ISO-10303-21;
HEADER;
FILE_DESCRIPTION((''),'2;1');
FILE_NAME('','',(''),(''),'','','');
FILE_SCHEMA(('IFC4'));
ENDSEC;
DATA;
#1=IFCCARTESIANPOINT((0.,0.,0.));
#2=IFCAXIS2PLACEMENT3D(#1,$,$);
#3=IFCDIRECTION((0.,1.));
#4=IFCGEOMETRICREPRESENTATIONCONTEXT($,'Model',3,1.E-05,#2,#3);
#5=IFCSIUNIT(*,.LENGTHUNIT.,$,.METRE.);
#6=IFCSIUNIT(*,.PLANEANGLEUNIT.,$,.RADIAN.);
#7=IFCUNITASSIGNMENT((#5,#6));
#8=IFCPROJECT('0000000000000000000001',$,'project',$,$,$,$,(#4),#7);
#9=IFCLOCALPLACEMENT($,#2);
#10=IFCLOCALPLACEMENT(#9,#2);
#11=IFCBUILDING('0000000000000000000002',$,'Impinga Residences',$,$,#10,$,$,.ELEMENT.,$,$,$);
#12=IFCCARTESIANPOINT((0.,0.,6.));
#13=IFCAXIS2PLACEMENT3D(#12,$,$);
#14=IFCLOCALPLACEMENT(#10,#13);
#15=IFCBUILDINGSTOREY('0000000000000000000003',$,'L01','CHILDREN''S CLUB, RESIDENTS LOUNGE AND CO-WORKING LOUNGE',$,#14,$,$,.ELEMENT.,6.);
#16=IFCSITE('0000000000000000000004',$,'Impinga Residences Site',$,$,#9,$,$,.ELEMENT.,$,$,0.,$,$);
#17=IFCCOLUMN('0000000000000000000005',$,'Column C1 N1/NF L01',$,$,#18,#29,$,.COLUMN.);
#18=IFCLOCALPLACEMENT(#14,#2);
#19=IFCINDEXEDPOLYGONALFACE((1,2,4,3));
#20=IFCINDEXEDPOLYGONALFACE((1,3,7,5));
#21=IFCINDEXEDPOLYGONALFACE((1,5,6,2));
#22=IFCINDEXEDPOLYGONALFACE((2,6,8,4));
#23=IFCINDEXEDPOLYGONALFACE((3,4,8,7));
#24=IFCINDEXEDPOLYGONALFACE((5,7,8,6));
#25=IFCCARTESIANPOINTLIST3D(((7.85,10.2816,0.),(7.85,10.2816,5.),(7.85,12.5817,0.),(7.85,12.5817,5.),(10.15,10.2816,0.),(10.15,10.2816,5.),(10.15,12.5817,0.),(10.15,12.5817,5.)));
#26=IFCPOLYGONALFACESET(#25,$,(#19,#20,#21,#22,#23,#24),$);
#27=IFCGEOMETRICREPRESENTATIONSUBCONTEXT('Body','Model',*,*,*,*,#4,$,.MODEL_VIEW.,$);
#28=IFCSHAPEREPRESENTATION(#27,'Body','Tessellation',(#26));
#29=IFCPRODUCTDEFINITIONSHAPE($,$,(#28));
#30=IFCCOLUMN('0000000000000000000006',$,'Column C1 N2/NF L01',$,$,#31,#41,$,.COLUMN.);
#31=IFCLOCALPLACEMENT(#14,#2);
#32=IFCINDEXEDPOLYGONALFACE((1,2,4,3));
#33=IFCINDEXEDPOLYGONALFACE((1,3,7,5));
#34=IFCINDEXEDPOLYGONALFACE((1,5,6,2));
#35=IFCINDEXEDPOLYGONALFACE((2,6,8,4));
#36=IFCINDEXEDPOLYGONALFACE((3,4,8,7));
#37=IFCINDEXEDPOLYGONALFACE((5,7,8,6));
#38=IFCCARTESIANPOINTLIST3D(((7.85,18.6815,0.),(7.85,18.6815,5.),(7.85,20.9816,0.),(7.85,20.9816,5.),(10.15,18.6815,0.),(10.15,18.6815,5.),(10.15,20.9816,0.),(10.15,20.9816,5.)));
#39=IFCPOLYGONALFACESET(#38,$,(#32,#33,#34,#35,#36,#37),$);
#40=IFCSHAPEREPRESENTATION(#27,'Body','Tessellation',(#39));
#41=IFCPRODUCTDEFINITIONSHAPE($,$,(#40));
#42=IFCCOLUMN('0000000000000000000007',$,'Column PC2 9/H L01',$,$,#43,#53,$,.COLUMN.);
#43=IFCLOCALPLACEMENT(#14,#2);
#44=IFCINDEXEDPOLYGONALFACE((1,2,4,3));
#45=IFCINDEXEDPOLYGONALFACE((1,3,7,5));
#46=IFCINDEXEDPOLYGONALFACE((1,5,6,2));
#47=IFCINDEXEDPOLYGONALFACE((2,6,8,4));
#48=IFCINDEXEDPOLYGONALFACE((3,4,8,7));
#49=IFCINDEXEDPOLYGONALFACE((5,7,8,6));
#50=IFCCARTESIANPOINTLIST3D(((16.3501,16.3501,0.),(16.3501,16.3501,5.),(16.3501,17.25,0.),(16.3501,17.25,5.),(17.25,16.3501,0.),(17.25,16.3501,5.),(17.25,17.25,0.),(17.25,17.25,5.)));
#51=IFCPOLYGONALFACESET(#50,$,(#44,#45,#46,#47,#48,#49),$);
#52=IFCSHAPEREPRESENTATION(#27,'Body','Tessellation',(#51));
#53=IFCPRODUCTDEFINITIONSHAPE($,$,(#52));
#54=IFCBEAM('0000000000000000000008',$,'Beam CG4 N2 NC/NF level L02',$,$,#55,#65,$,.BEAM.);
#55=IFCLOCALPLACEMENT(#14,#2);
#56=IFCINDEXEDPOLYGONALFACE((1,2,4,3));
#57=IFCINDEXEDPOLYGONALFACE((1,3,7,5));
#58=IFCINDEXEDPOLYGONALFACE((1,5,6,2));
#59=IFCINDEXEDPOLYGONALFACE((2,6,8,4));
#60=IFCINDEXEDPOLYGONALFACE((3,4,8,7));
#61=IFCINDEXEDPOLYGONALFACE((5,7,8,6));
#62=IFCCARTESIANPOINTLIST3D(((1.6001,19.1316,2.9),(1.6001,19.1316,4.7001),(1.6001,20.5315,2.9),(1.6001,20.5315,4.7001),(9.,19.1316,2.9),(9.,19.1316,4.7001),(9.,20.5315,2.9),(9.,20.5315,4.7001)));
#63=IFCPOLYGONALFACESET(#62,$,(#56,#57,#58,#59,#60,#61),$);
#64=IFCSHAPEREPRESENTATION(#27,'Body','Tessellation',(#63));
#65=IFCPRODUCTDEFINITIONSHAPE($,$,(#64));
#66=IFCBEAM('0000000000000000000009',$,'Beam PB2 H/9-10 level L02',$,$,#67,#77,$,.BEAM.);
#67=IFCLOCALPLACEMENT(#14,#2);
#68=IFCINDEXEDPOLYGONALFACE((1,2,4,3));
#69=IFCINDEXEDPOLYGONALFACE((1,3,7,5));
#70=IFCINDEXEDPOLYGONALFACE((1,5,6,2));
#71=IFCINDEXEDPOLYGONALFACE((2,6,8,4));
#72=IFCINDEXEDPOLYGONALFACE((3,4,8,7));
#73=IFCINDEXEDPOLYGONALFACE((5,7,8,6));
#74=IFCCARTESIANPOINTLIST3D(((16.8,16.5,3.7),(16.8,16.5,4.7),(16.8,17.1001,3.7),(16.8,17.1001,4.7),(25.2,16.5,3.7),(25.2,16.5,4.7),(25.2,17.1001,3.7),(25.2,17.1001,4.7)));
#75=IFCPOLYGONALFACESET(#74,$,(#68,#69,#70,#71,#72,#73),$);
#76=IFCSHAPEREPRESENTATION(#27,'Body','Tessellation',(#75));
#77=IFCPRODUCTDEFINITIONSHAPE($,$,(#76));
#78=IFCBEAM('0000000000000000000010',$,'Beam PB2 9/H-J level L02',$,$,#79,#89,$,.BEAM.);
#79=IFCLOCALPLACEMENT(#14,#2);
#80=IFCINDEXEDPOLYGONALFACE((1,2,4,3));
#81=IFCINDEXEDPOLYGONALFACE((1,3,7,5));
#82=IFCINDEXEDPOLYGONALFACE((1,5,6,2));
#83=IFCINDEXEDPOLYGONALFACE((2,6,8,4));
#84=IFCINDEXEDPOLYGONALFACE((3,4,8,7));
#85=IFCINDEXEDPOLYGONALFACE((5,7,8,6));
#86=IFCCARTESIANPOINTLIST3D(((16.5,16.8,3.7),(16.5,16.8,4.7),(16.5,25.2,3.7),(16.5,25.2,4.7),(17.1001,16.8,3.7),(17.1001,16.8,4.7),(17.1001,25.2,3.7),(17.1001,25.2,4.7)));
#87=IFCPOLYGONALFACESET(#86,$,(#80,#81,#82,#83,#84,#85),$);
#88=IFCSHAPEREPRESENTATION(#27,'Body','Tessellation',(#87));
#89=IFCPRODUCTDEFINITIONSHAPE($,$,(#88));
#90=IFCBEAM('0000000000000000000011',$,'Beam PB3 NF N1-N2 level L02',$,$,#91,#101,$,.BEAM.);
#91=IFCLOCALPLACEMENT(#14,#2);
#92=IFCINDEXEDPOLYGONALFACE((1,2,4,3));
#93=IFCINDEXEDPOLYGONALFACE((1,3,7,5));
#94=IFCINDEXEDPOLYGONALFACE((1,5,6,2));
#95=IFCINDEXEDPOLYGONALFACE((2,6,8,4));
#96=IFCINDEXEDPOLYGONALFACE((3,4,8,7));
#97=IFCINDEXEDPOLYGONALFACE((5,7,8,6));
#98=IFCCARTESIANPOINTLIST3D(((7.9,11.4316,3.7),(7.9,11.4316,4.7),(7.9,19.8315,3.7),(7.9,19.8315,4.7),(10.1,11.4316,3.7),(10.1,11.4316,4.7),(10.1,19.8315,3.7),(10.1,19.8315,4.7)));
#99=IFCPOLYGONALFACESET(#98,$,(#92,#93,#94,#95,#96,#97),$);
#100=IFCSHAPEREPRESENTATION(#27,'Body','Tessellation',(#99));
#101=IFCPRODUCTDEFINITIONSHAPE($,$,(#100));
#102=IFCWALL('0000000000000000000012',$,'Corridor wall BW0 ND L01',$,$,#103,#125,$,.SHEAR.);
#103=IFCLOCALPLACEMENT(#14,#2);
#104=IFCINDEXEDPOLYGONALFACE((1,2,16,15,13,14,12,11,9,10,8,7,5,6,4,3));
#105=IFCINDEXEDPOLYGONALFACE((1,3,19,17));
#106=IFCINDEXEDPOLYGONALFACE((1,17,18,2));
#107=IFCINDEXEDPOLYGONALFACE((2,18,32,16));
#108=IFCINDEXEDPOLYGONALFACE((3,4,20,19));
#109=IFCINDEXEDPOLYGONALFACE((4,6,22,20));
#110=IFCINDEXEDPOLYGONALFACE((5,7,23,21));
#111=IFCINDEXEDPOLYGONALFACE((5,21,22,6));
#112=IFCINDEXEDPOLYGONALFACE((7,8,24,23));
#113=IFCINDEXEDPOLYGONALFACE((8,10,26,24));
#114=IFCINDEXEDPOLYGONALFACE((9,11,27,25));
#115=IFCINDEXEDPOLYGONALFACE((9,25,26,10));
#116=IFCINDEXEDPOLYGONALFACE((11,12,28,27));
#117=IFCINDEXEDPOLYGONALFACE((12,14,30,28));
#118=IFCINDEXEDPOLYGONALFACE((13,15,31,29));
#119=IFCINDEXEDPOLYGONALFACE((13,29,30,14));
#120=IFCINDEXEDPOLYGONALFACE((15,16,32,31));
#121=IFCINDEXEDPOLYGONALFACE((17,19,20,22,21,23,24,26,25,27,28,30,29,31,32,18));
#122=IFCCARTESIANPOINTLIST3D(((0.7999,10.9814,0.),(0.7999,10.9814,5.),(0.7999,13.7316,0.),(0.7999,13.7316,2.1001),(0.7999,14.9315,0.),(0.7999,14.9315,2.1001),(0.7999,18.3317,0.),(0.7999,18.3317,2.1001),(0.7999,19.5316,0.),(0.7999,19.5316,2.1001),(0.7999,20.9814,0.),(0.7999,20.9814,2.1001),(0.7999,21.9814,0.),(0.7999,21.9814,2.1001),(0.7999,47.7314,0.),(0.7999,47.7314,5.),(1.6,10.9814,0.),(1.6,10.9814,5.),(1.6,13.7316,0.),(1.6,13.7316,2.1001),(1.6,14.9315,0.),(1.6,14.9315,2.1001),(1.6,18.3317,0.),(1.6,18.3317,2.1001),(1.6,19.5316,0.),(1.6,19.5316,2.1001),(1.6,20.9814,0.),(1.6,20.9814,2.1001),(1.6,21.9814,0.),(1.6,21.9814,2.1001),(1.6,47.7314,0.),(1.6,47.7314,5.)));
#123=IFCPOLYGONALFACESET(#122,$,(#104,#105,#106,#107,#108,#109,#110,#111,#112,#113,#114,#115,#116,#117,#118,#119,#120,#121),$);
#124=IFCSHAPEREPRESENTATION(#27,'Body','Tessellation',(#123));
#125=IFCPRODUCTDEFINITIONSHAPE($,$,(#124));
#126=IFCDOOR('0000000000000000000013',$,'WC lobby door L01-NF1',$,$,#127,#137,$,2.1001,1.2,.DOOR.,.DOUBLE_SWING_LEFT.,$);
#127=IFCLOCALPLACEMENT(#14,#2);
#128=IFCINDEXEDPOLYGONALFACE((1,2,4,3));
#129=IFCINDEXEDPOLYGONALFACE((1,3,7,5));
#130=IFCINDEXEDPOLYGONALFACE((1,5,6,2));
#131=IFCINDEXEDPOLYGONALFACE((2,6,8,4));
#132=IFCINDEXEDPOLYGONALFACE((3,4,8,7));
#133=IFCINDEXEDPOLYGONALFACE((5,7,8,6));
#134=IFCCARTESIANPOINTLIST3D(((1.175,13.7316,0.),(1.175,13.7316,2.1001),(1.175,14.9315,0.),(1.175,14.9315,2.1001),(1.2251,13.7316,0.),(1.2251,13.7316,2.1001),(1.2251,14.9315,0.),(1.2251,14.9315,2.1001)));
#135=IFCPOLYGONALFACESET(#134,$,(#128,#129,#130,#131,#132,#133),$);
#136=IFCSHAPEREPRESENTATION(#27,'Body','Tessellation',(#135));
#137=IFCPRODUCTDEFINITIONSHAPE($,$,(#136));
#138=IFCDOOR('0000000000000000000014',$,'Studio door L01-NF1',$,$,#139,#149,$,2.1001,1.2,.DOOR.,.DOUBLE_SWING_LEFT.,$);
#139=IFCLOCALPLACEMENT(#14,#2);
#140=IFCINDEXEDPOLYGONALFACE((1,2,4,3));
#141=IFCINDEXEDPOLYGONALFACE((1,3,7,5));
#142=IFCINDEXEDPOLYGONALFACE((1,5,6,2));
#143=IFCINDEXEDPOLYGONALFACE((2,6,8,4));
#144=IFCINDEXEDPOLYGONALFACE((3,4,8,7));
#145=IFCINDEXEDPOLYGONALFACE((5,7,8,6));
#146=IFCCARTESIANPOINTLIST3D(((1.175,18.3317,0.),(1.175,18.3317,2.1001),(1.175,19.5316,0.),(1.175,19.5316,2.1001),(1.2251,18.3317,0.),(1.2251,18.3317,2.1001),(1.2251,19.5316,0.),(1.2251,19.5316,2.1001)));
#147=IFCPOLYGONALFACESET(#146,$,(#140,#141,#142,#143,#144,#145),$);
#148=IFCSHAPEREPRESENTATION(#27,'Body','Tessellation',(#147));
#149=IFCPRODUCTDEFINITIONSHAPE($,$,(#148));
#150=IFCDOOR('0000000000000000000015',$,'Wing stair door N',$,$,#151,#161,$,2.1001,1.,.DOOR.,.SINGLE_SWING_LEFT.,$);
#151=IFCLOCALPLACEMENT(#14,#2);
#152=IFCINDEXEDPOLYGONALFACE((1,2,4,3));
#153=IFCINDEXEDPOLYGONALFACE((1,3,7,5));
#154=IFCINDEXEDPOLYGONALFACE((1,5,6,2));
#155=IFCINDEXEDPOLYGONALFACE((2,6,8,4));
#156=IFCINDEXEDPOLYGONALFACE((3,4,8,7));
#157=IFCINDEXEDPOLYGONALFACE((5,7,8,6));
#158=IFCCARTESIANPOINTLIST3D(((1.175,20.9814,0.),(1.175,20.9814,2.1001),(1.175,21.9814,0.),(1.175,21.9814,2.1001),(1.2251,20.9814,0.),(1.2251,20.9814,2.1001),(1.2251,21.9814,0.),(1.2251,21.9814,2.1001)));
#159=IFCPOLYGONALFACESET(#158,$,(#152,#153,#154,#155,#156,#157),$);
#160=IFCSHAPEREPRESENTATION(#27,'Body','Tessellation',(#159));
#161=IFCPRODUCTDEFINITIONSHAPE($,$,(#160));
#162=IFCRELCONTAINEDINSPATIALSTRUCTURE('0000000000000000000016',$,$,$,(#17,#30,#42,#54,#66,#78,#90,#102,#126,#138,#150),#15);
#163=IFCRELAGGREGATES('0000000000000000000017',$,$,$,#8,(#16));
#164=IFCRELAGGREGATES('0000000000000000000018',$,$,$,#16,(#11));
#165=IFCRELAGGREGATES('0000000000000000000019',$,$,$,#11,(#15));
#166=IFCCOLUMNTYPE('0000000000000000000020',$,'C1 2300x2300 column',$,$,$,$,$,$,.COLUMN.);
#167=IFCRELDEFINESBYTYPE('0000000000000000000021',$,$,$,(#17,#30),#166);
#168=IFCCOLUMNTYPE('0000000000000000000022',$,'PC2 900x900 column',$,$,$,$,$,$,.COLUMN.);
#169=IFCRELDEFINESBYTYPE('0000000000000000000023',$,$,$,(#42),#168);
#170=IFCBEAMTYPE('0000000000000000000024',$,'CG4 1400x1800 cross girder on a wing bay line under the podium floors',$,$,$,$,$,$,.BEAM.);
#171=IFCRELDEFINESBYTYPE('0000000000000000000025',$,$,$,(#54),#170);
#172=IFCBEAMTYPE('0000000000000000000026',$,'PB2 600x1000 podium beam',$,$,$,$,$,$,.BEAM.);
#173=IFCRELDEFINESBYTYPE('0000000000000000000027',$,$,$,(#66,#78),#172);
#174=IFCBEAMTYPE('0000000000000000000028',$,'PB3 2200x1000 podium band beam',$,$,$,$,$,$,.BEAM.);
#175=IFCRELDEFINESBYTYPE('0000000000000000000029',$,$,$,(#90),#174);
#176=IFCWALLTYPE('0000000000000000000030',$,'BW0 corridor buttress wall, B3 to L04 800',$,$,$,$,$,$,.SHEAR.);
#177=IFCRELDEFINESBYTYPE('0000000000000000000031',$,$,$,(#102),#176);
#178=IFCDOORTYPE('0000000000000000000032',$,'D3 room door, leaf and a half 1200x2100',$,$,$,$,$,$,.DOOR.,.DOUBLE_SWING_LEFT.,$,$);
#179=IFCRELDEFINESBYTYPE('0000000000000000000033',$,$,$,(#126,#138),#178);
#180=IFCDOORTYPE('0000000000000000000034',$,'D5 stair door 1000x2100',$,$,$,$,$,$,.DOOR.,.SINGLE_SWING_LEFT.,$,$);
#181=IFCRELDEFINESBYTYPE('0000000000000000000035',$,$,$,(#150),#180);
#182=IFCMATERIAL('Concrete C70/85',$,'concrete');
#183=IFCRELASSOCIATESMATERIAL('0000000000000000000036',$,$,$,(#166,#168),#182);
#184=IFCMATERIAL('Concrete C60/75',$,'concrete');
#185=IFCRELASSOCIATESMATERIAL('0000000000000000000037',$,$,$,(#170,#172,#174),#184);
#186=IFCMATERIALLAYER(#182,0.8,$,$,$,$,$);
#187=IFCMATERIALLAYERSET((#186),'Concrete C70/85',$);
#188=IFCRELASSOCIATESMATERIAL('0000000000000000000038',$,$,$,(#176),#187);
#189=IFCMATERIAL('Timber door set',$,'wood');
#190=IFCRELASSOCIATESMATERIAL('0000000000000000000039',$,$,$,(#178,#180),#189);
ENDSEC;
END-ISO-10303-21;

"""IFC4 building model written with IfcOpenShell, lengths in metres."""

from ifc_helpers import new_model, si_unit, direction, frame, frame_2d, origin, origin_2d, place, context, subcontext, project, spatial, rectangle, extrude, material, layer, layer_set, material_profile, profile_set, type_object, element, fill, save


model = new_model("IFC4")

# Units and contexts
model_context = context("Model", 3, precision=1e-05, world=origin(), true_north=direction((0.0, 1.0)))
body_context = subcontext(model_context, "Body", "Model", "MODEL_VIEW")
ifc_project = project(units=[si_unit("LENGTHUNIT", "METRE"), si_unit("PLANEANGLEUNIT", "RADIAN")], contexts=[model_context])

# Site, building, storey
site_placement = place(None, origin())
site = spatial("IfcSite", under=ifc_project, at=site_placement, Name="Impinga Residences Site", CompositionType="ELEMENT", RefElevation=0.0)
building_placement = place(site_placement, origin())
building = spatial("IfcBuilding", under=site, at=building_placement, Name="Impinga Residences", CompositionType="ELEMENT")
storey_placement = place(building_placement, frame((0.0, 0.0, 6.0)))
storey = spatial("IfcBuildingStorey", under=building, at=storey_placement, Name="L01", Description="CHILDREN'S CLUB, RESIDENTS LOUNGE AND CO-WORKING LOUNGE", CompositionType="ELEMENT", Elevation=6.0)

# Columns
ifc_material_1 = material(Name="Concrete C70/85", Category="concrete")
ifc_material_profile_1 = material_profile(ifc_material_1, rectangle(XDim=2.3, YDim=2.3, at=origin_2d()), Name="RC 2300x2300")
ifc_profile_set_1 = profile_set([ifc_material_profile_1], Name="Concrete C70/85")
column_type_1 = type_object("IfcColumnType", Name="C1 2300x2300 column", PredefinedType="COLUMN", material=ifc_profile_set_1)
for number, where, z_axis, x_axis, name in (
    (1, (9.0, 11.4316, 0.0), (0.0, 0.0, 1.0), (1.0, 0.0, 0.0), "Column C1 N1/NF L01"),
    (2, (9.0, 19.8315, 0.0), (0.0, 0.0, 1.0), (1.0, 0.0, 0.0), "Column C1 N2/NF L01"),
):
    element("IfcColumn", number, at=place(storey_placement, frame(where, z_axis=z_axis, x_axis=x_axis)), inside=storey, type_object=column_type_1, Name=name, PredefinedType="COLUMN", context=body_context, shape_type="SweptSolid", body=[
        extrude(rectangle(XDim=2.3, YDim=2.3, at=origin_2d()), origin(), (0.0, 0.0, 1.0), 5.0),
    ])
ifc_material_profile_2 = material_profile(ifc_material_1, rectangle(XDim=0.8999, YDim=0.8999, at=origin_2d()), Name="RC 900x900")
ifc_profile_set_2 = profile_set([ifc_material_profile_2], Name="Concrete C70/85")
column_type_2 = type_object("IfcColumnType", Name="PC2 900x900 column", PredefinedType="COLUMN", material=ifc_profile_set_2)
column_placement = place(storey_placement, frame((16.8, 16.8, 0.0), z_axis=(0.0, 0.0, 1.0), x_axis=(1.0, 0.0, 0.0)))
element("IfcColumn", 3, at=column_placement, inside=storey, type_object=column_type_2, Name="Column PC2 9/H L01", PredefinedType="COLUMN", context=body_context, shape_type="SweptSolid", body=[
    extrude(rectangle(XDim=0.8999, YDim=0.8999, at=origin_2d()), origin(), (0.0, 0.0, 1.0), 5.0),
])

# Beams
ifc_material_2 = material(Name="Concrete C60/75", Category="concrete")
ifc_material_profile_3 = material_profile(ifc_material_2, rectangle(XDim=1.3999, YDim=1.8, at=origin_2d()), Name="RC 1400x1800")
ifc_profile_set_3 = profile_set([ifc_material_profile_3], Name="Concrete C60/75")
beam_type_1 = type_object("IfcBeamType", Name="CG4 1400x1800 cross girder on a wing bay line under the podium floors", PredefinedType="BEAM", material=ifc_profile_set_3)
beam_1_placement = place(storey_placement, frame((1.6001, 19.8315, 3.8), z_axis=(1.0, 0.0, 0.0), x_axis=(0.0, 1.0, 0.0)))
element("IfcBeam", 4, at=beam_1_placement, inside=storey, type_object=beam_type_1, Name="Beam CG4 N2 NC/NF level L02", PredefinedType="BEAM", context=body_context, shape_type="SweptSolid", body=[
    extrude(rectangle(XDim=1.3999, YDim=1.8, at=origin_2d()), origin(), (0.0, 0.0, 1.0), 7.3999),
])
ifc_material_profile_4 = material_profile(ifc_material_2, rectangle(XDim=0.6001, YDim=1.0, at=origin_2d()), Name="RC 600x1000")
ifc_profile_set_4 = profile_set([ifc_material_profile_4], Name="Concrete C60/75")
beam_type_2 = type_object("IfcBeamType", Name="PB2 600x1000 podium beam", PredefinedType="BEAM", material=ifc_profile_set_4)
for number, where, z_axis, x_axis, name in (
    (5, (16.8, 16.8, 4.2), (1.0, 0.0, 0.0), (0.0, 1.0, 0.0), "Beam PB2 H/9-10 level L02"),
    (6, (16.8, 16.8, 4.2), (0.0, 1.0, 0.0), (-1.0, 0.0, 0.0), "Beam PB2 9/H-J level L02"),
):
    element("IfcBeam", number, at=place(storey_placement, frame(where, z_axis=z_axis, x_axis=x_axis)), inside=storey, type_object=beam_type_2, Name=name, PredefinedType="BEAM", context=body_context, shape_type="SweptSolid", body=[
        extrude(rectangle(XDim=0.6001, YDim=1.0, at=origin_2d()), origin(), (0.0, 0.0, 1.0), 8.3999),
    ])
ifc_material_profile_5 = material_profile(ifc_material_2, rectangle(XDim=2.2, YDim=1.0, at=origin_2d()), Name="RC 2200x1000")
ifc_profile_set_5 = profile_set([ifc_material_profile_5], Name="Concrete C60/75")
beam_type_3 = type_object("IfcBeamType", Name="PB3 2200x1000 podium band beam", PredefinedType="BEAM", material=ifc_profile_set_5)
beam_2_placement = place(storey_placement, frame((9.0, 11.4316, 4.2), z_axis=(0.0, 1.0, 0.0), x_axis=(-1.0, 0.0, 0.0)))
element("IfcBeam", 7, at=beam_2_placement, inside=storey, type_object=beam_type_3, Name="Beam PB3 NF N1-N2 level L02", PredefinedType="BEAM", context=body_context, shape_type="SweptSolid", body=[
    extrude(rectangle(XDim=2.2, YDim=1.0, at=origin_2d()), origin(), (0.0, 0.0, 1.0), 8.3999),
])

# Wall, openings, doors
ifc_layer_1 = layer(ifc_material_1, 0.8)
ifc_layer_set_1 = layer_set([ifc_layer_1], Name="Concrete C70/85")
wall_type_1 = type_object("IfcWallType", Name="BW0 corridor buttress wall, B3 to L04 800", PredefinedType="SHEAR", material=ifc_layer_set_1)
wall_1_placement = place(storey_placement, frame((1.2, 10.9814, 0.0), z_axis=(0.0, 0.0, 1.0), x_axis=(0.0, 1.0, 0.0)))
wall_1 = element("IfcWall", 8, at=wall_1_placement, inside=storey, type_object=wall_type_1, Name="Corridor wall BW0 ND L01", PredefinedType="SHEAR", context=body_context, shape_type="SweptSolid", body=[
    extrude(rectangle(XDim=36.75, YDim=0.8, at=frame_2d((18.375, 0.0))), origin(), (0.0, 0.0, 1.0), 5.0),
])
opening_1_placement = place(wall_1_placement, frame((10.0, 0.0, 0.0)))
opening_1 = element("IfcOpeningElement", 9, at=opening_1_placement, cuts=wall_1, PredefinedType="OPENING", context=body_context, shape_type="SweptSolid", body=[
    extrude(rectangle(XDim=1.0, YDim=2.1001, at=frame_2d((0.5, 1.05))), frame((0.0, 0.4099, 0.0), z_axis=(0.0, -1.0, 0.0), x_axis=(1.0, 0.0, 0.0)), (0.0, 0.0, 1.0), 0.8201),
])
opening_2_placement = place(wall_1_placement, frame((2.75, 0.0, 0.0)))
opening_2 = element("IfcOpeningElement", 10, at=opening_2_placement, cuts=wall_1, PredefinedType="OPENING", context=body_context, shape_type="SweptSolid", body=[
    extrude(rectangle(XDim=1.2, YDim=2.1001, at=frame_2d((0.6001, 1.05))), frame((0.0, 0.4099, 0.0), z_axis=(0.0, -1.0, 0.0), x_axis=(1.0, 0.0, 0.0)), (0.0, 0.0, 1.0), 0.8201),
])
opening_3_placement = place(wall_1_placement, frame((7.3501, 0.0, 0.0)))
opening_3 = element("IfcOpeningElement", 11, at=opening_3_placement, cuts=wall_1, PredefinedType="OPENING", context=body_context, shape_type="SweptSolid", body=[
    extrude(rectangle(XDim=1.2, YDim=2.1001, at=frame_2d((0.6001, 1.05))), frame((0.0, 0.4099, 0.0), z_axis=(0.0, -1.0, 0.0), x_axis=(1.0, 0.0, 0.0)), (0.0, 0.0, 1.0), 0.8201),
])
ifc_material_3 = material(Name="Timber door set", Category="wood")
door_type_1 = type_object("IfcDoorType", Name="D3 room door, leaf and a half 1200x2100", OperationType="DOUBLE_SWING_LEFT", PredefinedType="DOOR", material=ifc_material_3)
door_1_placement = place(opening_2_placement, origin())
door_1 = element("IfcDoor", 12, at=door_1_placement, inside=storey, type_object=door_type_1, Name="WC lobby door L01-NF1", OperationType="DOUBLE_SWING_LEFT", OverallHeight=2.1001, OverallWidth=1.2, PredefinedType="DOOR", context=body_context, shape_type="SweptSolid", body=[
    extrude(rectangle(XDim=1.2, YDim=2.1001, at=frame_2d((0.6001, 1.05))), frame((0.0, 0.0249, 0.0), z_axis=(0.0, -1.0, 0.0), x_axis=(1.0, 0.0, 0.0)), (0.0, 0.0, 1.0), 0.05),
])
fill(opening_2, door_1)
door_2_placement = place(opening_3_placement, origin())
door_2 = element("IfcDoor", 13, at=door_2_placement, inside=storey, type_object=door_type_1, Name="Studio door L01-NF1", OperationType="DOUBLE_SWING_LEFT", OverallHeight=2.1001, OverallWidth=1.2, PredefinedType="DOOR", context=body_context, shape_type="SweptSolid", body=[
    extrude(rectangle(XDim=1.2, YDim=2.1001, at=frame_2d((0.6001, 1.05))), frame((0.0, 0.0249, 0.0), z_axis=(0.0, -1.0, 0.0), x_axis=(1.0, 0.0, 0.0)), (0.0, 0.0, 1.0), 0.05),
])
fill(opening_3, door_2)
door_type_2 = type_object("IfcDoorType", Name="D5 stair door 1000x2100", OperationType="SINGLE_SWING_LEFT", PredefinedType="DOOR", material=ifc_material_3)
door_3_placement = place(opening_1_placement, origin())
door_3 = element("IfcDoor", 14, at=door_3_placement, inside=storey, type_object=door_type_2, Name="Wing stair door N", OperationType="SINGLE_SWING_LEFT", OverallHeight=2.1001, OverallWidth=1.0, PredefinedType="DOOR", context=body_context, shape_type="SweptSolid", body=[
    extrude(rectangle(XDim=1.0, YDim=2.1001, at=frame_2d((0.5, 1.05))), frame((0.0, 0.0249, 0.0), z_axis=(0.0, -1.0, 0.0), x_axis=(1.0, 0.0, 0.0)), (0.0, 0.0, 1.0), 0.05),
])
fill(opening_1, door_3)

save(model, "model.ifc")
